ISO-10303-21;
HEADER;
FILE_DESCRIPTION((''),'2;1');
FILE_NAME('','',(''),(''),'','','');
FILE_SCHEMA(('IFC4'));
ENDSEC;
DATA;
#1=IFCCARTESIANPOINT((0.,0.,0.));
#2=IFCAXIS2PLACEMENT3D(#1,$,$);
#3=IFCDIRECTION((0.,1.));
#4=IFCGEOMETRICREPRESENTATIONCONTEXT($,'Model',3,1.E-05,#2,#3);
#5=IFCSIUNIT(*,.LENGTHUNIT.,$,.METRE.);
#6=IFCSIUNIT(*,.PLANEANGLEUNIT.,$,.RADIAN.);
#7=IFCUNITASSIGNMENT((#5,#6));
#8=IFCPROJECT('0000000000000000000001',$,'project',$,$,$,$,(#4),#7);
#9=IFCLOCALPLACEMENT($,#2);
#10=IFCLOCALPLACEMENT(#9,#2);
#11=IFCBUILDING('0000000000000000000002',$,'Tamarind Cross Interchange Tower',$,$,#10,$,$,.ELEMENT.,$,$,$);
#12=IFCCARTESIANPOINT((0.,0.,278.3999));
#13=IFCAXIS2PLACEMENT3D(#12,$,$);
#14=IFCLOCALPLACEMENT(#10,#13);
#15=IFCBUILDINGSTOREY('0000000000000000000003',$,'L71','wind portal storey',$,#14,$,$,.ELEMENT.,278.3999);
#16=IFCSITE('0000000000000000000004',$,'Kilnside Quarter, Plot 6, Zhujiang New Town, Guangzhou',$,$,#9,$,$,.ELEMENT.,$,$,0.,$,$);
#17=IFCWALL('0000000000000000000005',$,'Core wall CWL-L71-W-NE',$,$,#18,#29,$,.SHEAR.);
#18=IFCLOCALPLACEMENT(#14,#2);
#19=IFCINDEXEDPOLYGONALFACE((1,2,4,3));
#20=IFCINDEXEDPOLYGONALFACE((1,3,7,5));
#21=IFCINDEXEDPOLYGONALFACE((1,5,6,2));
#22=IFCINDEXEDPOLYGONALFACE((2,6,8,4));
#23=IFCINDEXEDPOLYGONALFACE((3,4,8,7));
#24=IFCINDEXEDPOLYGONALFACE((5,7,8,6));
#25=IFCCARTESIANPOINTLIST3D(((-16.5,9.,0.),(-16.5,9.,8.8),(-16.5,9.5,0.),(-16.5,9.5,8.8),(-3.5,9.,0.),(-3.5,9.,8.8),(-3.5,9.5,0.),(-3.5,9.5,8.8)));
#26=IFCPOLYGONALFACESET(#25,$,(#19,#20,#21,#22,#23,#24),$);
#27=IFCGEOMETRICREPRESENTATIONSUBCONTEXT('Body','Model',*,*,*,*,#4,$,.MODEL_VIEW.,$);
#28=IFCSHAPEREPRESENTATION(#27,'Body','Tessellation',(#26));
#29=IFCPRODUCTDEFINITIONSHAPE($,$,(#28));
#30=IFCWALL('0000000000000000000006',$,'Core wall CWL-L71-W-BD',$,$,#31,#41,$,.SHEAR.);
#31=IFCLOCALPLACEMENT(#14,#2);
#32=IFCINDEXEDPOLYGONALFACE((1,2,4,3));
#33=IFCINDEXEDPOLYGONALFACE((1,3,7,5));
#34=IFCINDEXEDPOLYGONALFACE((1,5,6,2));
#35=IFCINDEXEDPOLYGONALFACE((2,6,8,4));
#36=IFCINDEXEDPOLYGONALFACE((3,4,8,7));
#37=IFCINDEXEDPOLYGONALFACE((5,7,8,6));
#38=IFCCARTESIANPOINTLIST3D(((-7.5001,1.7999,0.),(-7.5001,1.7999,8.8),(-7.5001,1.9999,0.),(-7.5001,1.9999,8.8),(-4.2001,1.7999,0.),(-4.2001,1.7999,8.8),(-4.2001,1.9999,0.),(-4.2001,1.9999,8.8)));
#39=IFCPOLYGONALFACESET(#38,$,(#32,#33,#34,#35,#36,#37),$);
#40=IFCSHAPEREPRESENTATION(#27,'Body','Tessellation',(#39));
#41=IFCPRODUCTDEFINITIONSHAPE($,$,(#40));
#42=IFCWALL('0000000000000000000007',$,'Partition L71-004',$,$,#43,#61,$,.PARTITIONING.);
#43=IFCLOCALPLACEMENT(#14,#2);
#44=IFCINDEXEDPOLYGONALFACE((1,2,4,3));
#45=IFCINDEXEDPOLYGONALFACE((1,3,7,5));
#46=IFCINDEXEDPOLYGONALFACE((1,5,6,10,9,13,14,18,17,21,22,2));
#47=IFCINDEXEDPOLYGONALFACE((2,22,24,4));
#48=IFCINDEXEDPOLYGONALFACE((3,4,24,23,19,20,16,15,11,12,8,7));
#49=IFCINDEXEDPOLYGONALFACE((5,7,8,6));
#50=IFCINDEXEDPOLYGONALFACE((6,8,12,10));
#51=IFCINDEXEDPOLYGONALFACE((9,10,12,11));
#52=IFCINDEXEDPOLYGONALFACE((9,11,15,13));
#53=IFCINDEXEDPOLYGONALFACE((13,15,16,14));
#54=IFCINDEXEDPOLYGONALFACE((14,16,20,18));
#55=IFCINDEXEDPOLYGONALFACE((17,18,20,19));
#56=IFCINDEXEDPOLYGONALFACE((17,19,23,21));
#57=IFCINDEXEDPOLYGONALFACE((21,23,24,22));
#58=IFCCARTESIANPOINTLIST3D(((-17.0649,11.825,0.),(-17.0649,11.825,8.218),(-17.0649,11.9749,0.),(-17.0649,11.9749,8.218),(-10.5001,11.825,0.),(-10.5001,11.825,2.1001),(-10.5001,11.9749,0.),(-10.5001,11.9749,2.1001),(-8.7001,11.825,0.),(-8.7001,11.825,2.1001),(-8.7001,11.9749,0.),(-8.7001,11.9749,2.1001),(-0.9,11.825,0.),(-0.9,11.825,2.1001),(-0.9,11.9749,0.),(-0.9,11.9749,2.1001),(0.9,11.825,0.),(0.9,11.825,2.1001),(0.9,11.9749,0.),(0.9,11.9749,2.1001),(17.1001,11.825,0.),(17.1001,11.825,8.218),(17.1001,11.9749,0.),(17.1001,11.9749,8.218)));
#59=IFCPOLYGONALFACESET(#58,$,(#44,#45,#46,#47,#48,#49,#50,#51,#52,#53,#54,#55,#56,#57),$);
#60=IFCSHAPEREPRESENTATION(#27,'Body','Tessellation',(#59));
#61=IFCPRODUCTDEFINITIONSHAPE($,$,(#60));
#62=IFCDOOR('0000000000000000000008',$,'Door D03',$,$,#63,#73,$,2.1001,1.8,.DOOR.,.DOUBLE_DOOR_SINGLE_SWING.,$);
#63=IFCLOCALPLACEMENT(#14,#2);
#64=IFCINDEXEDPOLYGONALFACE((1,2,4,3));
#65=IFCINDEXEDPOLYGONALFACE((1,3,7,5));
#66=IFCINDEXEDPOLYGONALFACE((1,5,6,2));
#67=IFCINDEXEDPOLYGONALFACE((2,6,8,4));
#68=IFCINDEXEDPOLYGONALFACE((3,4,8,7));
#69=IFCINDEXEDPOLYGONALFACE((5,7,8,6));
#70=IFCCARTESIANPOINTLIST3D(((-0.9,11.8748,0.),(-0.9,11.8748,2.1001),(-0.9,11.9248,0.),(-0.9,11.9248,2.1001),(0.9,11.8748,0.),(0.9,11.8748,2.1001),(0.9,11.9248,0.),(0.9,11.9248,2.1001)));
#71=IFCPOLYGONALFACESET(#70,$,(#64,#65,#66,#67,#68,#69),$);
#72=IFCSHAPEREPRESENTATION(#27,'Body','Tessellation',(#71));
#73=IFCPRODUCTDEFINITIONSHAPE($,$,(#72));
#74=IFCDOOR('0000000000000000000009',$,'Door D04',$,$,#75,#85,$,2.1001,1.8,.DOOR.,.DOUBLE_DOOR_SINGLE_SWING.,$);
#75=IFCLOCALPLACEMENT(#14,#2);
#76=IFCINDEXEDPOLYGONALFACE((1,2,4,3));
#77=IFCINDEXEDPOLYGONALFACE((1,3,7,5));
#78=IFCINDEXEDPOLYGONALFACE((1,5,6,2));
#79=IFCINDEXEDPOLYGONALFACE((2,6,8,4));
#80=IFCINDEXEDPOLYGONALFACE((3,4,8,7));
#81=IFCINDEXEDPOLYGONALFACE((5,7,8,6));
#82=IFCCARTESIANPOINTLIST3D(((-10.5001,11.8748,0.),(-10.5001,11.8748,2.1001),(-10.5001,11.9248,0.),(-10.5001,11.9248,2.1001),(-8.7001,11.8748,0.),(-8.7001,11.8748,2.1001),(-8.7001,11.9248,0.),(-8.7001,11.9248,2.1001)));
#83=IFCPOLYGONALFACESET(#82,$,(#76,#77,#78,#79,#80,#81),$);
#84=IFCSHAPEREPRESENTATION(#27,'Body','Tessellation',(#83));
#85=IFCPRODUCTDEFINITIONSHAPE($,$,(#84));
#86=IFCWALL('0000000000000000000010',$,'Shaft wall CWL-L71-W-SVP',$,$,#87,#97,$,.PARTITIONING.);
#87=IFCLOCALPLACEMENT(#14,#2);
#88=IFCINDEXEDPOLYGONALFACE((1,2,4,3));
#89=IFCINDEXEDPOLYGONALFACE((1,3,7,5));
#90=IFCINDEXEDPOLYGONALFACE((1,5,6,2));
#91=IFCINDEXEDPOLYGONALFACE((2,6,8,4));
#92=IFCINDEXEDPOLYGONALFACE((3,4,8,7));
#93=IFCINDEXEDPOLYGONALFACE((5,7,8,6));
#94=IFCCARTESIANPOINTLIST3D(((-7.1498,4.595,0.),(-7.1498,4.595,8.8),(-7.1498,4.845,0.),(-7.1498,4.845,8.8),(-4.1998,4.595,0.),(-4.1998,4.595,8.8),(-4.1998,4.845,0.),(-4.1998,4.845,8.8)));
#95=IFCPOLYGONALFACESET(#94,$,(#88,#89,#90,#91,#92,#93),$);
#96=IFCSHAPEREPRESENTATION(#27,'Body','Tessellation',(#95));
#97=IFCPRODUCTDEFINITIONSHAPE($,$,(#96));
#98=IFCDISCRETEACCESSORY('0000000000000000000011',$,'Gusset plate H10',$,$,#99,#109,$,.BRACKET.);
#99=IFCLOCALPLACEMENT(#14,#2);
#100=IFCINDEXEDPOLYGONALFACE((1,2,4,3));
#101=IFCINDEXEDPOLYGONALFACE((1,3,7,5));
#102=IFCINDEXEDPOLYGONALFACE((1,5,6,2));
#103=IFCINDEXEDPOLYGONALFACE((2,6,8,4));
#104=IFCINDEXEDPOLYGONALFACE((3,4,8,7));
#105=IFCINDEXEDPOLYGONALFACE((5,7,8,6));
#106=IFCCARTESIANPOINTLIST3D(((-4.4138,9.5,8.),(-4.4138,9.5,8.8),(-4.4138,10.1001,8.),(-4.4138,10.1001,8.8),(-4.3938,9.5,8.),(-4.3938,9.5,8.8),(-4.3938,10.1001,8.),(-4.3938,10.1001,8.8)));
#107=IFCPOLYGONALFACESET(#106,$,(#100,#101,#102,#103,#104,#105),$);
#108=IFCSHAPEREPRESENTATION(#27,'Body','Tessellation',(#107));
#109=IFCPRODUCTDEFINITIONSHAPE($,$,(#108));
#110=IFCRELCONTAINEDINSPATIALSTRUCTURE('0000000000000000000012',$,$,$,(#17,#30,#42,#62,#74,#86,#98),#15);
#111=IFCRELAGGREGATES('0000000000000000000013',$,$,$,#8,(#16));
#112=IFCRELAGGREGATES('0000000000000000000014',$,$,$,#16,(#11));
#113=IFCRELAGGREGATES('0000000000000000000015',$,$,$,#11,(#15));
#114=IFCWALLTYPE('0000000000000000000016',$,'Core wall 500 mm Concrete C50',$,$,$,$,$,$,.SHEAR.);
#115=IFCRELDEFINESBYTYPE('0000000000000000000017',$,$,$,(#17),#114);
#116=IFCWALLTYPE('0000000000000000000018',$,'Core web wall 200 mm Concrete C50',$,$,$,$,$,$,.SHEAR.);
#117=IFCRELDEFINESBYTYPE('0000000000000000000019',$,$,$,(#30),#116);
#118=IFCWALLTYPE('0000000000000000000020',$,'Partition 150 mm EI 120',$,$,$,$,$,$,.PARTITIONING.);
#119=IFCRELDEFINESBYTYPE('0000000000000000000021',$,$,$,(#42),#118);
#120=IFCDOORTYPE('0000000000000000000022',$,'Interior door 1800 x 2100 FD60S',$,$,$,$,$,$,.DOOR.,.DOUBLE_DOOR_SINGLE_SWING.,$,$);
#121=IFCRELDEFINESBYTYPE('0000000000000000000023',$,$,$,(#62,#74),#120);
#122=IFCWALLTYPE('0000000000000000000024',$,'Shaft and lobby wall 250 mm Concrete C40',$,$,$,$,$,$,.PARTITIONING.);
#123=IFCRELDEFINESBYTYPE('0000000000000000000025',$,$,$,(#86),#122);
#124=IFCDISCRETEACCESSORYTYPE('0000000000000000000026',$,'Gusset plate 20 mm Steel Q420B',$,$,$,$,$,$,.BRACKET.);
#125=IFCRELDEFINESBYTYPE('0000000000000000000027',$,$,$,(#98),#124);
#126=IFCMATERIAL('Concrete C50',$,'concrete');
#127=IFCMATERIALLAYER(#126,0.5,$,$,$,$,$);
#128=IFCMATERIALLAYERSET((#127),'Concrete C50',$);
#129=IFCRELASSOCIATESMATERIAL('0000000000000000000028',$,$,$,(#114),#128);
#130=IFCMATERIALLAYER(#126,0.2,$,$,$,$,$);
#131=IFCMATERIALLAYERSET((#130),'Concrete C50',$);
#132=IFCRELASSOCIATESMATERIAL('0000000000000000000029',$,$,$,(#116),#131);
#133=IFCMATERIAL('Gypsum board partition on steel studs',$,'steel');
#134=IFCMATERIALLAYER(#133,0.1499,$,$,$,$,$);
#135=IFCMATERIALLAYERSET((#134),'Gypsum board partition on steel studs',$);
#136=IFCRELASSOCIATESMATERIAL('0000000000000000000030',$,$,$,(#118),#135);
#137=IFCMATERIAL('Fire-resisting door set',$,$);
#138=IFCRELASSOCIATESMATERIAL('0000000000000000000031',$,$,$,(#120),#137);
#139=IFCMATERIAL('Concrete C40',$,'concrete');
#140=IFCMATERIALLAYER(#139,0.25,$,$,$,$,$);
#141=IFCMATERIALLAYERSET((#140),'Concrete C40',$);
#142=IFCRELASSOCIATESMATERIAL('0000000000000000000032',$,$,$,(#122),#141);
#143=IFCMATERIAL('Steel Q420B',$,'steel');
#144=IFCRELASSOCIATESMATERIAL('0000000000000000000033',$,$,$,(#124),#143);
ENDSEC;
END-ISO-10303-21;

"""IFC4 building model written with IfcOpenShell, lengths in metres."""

from ifc_helpers import new_model, si_unit, direction, frame, frame_2d, origin, origin_2d, place, context, subcontext, project, spatial, rectangle, extrude, material, layer, layer_set, type_object, element, fill, save


model = new_model("IFC4")

# Units and contexts
model_context = context("Model", 3, precision=1e-05, world=origin(), true_north=direction((0.0, 1.0)))
body_context = subcontext(model_context, "Body", "Model", "MODEL_VIEW")
ifc_project = project(units=[si_unit("LENGTHUNIT", "METRE"), si_unit("PLANEANGLEUNIT", "RADIAN")], contexts=[model_context])

# Site, building, storey
site_placement = place(None, origin())
site = spatial("IfcSite", under=ifc_project, at=site_placement, Name="Kilnside Quarter, Plot 6, Zhujiang New Town, Guangzhou", CompositionType="ELEMENT", RefElevation=0.0)
building_placement = place(site_placement, origin())
building = spatial("IfcBuilding", under=site, at=building_placement, Name="Tamarind Cross Interchange Tower", CompositionType="ELEMENT")
storey_placement = place(building_placement, frame((0.0, 0.0, 278.3999)))
storey = spatial("IfcBuildingStorey", under=building, at=storey_placement, Name="L71", Description="wind portal storey", CompositionType="ELEMENT", Elevation=278.3999)

# Shared definitions
ifc_material_1 = material(Name="Steel Q420B", Category="steel")

# Walls
ifc_material_2 = material(Name="Concrete C50", Category="concrete")
ifc_layer_1 = layer(ifc_material_2, 0.5)
ifc_layer_set_1 = layer_set([ifc_layer_1], Name="Concrete C50")
wall_type_1 = type_object("IfcWallType", Name="Core wall 500 mm Concrete C50", PredefinedType="SHEAR", material=ifc_layer_set_1)
wall_1_placement = place(storey_placement, frame((-16.5, 9.25, 0.0), z_axis=(0.0, 0.0, 1.0), x_axis=(1.0, 0.0, 0.0)))
element("IfcWall", 1, at=wall_1_placement, inside=storey, type_object=wall_type_1, Name="Core wall CWL-L71-W-NE", PredefinedType="SHEAR", context=body_context, shape_type="SweptSolid", body=[
    extrude(rectangle(XDim=13.0, YDim=0.5, at=frame_2d((6.5, 0.0))), origin(), (0.0, 0.0, 1.0), 8.8),
])
ifc_layer_2 = layer(ifc_material_2, 0.2)
ifc_layer_set_2 = layer_set([ifc_layer_2], Name="Concrete C50")
wall_type_2 = type_object("IfcWallType", Name="Core web wall 200 mm Concrete C50", PredefinedType="SHEAR", material=ifc_layer_set_2)
wall_2_placement = place(storey_placement, frame((-7.5, 1.8999, 0.0), z_axis=(0.0, 0.0, 1.0), x_axis=(1.0, 0.0, 0.0)))
element("IfcWall", 2, at=wall_2_placement, inside=storey, type_object=wall_type_2, Name="Core wall CWL-L71-W-BD", PredefinedType="SHEAR", context=body_context, shape_type="SweptSolid", body=[
    extrude(rectangle(XDim=3.3, YDim=0.2, at=frame_2d((1.6499, 0.0))), origin(), (0.0, 0.0, 1.0), 8.8),
])

# Wall, openings, doors
ifc_material_3 = material(Name="Gypsum board partition on steel studs", Category="steel")
ifc_layer_3 = layer(ifc_material_3, 0.1499)
ifc_layer_set_3 = layer_set([ifc_layer_3], Name="Gypsum board partition on steel studs")
wall_type_3 = type_object("IfcWallType", Name="Partition 150 mm EI 120", PredefinedType="PARTITIONING", material=ifc_layer_set_3)
wall_3_placement = place(storey_placement, frame((-17.0649, 11.8999, 0.0), z_axis=(0.0, 0.0, 1.0), x_axis=(1.0, 0.0, 0.0)))
wall_3 = element("IfcWall", 3, at=wall_3_placement, inside=storey, type_object=wall_type_3, Name="Partition L71-004", PredefinedType="PARTITIONING", context=body_context, shape_type="SweptSolid", body=[
    extrude(rectangle(XDim=34.165, YDim=0.1499, at=frame_2d((17.0825, 0.0))), origin(), (0.0, 0.0, 1.0), 8.218),
])
opening_1_placement = place(wall_3_placement, frame((16.165, 0.0, 0.0)))
opening_1 = element("IfcOpeningElement", 4, at=opening_1_placement, cuts=wall_3, PredefinedType="OPENING", context=body_context, shape_type="SweptSolid", body=[
    extrude(rectangle(XDim=1.8, YDim=2.1001, at=frame_2d((0.8999, 1.05))), frame((0.0, 0.085, 0.0), z_axis=(0.0, -1.0, 0.0), x_axis=(1.0, 0.0, 0.0)), (0.0, 0.0, 1.0), 0.1699),
])
opening_2_placement = place(wall_3_placement, frame((6.5649, 0.0, 0.0)))
opening_2 = element("IfcOpeningElement", 5, at=opening_2_placement, cuts=wall_3, PredefinedType="OPENING", context=body_context, shape_type="SweptSolid", body=[
    extrude(rectangle(XDim=1.8, YDim=2.1001, at=frame_2d((0.8999, 1.05))), frame((0.0, 0.085, 0.0), z_axis=(0.0, -1.0, 0.0), x_axis=(1.0, 0.0, 0.0)), (0.0, 0.0, 1.0), 0.1699),
])
ifc_material_4 = material(Name="Fire-resisting door set")
door_type = type_object("IfcDoorType", Name="Interior door 1800 x 2100 FD60S", OperationType="DOUBLE_DOOR_SINGLE_SWING", PredefinedType="DOOR", material=ifc_material_4)
door_1_placement = place(opening_1_placement, origin())
door_1 = element("IfcDoor", 6, at=door_1_placement, inside=storey, type_object=door_type, Name="Door D03", OperationType="DOUBLE_DOOR_SINGLE_SWING", OverallHeight=2.1001, OverallWidth=1.8, PredefinedType="DOOR", context=body_context, shape_type="SweptSolid", body=[
    extrude(rectangle(XDim=1.8, YDim=2.1001, at=frame_2d((0.8999, 1.05))), frame((0.0, 0.0249, 0.0), z_axis=(0.0, -1.0, 0.0), x_axis=(1.0, 0.0, 0.0)), (0.0, 0.0, 1.0), 0.05),
])
fill(opening_1, door_1)
door_2_placement = place(opening_2_placement, origin())
door_2 = element("IfcDoor", 7, at=door_2_placement, inside=storey, type_object=door_type, Name="Door D04", OperationType="DOUBLE_DOOR_SINGLE_SWING", OverallHeight=2.1001, OverallWidth=1.8, PredefinedType="DOOR", context=body_context, shape_type="SweptSolid", body=[
    extrude(rectangle(XDim=1.8, YDim=2.1001, at=frame_2d((0.8999, 1.05))), frame((0.0, 0.0249, 0.0), z_axis=(0.0, -1.0, 0.0), x_axis=(1.0, 0.0, 0.0)), (0.0, 0.0, 1.0), 0.05),
])
fill(opening_2, door_2)

# Wall
ifc_material_5 = material(Name="Concrete C40", Category="concrete")
ifc_layer_4 = layer(ifc_material_5, 0.25)
ifc_layer_set_4 = layer_set([ifc_layer_4], Name="Concrete C40")
wall_type_4 = type_object("IfcWallType", Name="Shaft and lobby wall 250 mm Concrete C40", PredefinedType="PARTITIONING", material=ifc_layer_set_4)
wall_4_placement = place(storey_placement, frame((-7.1499, 4.72, 0.0), z_axis=(0.0, 0.0, 1.0), x_axis=(1.0, 0.0, 0.0)))
element("IfcWall", 8, at=wall_4_placement, inside=storey, type_object=wall_type_4, Name="Shaft wall CWL-L71-W-SVP", PredefinedType="PARTITIONING", context=body_context, shape_type="SweptSolid", body=[
    extrude(rectangle(XDim=2.95, YDim=0.25, at=frame_2d((1.4751, 0.0))), origin(), (0.0, 0.0, 1.0), 8.8),
])

# Discrete accessory
discrete_accessory_type = type_object("IfcDiscreteAccessoryType", Name="Gusset plate 20 mm Steel Q420B", PredefinedType="BRACKET", material=ifc_material_1)
discrete_accessory_placement = place(storey_placement, frame((-4.4038, 9.8, 8.0), z_axis=(0.0, 0.0, 1.0), x_axis=(1.0, 0.0, 0.0)))
element("IfcDiscreteAccessory", 9, at=discrete_accessory_placement, inside=storey, type_object=discrete_accessory_type, Name="Gusset plate H10", PredefinedType="BRACKET", context=body_context, shape_type="SweptSolid", body=[
    extrude(rectangle(XDim=0.02, YDim=0.6001, at=origin_2d()), origin(), (0.0, 0.0, 1.0), 0.8),
])

save(model, "model.ifc")
